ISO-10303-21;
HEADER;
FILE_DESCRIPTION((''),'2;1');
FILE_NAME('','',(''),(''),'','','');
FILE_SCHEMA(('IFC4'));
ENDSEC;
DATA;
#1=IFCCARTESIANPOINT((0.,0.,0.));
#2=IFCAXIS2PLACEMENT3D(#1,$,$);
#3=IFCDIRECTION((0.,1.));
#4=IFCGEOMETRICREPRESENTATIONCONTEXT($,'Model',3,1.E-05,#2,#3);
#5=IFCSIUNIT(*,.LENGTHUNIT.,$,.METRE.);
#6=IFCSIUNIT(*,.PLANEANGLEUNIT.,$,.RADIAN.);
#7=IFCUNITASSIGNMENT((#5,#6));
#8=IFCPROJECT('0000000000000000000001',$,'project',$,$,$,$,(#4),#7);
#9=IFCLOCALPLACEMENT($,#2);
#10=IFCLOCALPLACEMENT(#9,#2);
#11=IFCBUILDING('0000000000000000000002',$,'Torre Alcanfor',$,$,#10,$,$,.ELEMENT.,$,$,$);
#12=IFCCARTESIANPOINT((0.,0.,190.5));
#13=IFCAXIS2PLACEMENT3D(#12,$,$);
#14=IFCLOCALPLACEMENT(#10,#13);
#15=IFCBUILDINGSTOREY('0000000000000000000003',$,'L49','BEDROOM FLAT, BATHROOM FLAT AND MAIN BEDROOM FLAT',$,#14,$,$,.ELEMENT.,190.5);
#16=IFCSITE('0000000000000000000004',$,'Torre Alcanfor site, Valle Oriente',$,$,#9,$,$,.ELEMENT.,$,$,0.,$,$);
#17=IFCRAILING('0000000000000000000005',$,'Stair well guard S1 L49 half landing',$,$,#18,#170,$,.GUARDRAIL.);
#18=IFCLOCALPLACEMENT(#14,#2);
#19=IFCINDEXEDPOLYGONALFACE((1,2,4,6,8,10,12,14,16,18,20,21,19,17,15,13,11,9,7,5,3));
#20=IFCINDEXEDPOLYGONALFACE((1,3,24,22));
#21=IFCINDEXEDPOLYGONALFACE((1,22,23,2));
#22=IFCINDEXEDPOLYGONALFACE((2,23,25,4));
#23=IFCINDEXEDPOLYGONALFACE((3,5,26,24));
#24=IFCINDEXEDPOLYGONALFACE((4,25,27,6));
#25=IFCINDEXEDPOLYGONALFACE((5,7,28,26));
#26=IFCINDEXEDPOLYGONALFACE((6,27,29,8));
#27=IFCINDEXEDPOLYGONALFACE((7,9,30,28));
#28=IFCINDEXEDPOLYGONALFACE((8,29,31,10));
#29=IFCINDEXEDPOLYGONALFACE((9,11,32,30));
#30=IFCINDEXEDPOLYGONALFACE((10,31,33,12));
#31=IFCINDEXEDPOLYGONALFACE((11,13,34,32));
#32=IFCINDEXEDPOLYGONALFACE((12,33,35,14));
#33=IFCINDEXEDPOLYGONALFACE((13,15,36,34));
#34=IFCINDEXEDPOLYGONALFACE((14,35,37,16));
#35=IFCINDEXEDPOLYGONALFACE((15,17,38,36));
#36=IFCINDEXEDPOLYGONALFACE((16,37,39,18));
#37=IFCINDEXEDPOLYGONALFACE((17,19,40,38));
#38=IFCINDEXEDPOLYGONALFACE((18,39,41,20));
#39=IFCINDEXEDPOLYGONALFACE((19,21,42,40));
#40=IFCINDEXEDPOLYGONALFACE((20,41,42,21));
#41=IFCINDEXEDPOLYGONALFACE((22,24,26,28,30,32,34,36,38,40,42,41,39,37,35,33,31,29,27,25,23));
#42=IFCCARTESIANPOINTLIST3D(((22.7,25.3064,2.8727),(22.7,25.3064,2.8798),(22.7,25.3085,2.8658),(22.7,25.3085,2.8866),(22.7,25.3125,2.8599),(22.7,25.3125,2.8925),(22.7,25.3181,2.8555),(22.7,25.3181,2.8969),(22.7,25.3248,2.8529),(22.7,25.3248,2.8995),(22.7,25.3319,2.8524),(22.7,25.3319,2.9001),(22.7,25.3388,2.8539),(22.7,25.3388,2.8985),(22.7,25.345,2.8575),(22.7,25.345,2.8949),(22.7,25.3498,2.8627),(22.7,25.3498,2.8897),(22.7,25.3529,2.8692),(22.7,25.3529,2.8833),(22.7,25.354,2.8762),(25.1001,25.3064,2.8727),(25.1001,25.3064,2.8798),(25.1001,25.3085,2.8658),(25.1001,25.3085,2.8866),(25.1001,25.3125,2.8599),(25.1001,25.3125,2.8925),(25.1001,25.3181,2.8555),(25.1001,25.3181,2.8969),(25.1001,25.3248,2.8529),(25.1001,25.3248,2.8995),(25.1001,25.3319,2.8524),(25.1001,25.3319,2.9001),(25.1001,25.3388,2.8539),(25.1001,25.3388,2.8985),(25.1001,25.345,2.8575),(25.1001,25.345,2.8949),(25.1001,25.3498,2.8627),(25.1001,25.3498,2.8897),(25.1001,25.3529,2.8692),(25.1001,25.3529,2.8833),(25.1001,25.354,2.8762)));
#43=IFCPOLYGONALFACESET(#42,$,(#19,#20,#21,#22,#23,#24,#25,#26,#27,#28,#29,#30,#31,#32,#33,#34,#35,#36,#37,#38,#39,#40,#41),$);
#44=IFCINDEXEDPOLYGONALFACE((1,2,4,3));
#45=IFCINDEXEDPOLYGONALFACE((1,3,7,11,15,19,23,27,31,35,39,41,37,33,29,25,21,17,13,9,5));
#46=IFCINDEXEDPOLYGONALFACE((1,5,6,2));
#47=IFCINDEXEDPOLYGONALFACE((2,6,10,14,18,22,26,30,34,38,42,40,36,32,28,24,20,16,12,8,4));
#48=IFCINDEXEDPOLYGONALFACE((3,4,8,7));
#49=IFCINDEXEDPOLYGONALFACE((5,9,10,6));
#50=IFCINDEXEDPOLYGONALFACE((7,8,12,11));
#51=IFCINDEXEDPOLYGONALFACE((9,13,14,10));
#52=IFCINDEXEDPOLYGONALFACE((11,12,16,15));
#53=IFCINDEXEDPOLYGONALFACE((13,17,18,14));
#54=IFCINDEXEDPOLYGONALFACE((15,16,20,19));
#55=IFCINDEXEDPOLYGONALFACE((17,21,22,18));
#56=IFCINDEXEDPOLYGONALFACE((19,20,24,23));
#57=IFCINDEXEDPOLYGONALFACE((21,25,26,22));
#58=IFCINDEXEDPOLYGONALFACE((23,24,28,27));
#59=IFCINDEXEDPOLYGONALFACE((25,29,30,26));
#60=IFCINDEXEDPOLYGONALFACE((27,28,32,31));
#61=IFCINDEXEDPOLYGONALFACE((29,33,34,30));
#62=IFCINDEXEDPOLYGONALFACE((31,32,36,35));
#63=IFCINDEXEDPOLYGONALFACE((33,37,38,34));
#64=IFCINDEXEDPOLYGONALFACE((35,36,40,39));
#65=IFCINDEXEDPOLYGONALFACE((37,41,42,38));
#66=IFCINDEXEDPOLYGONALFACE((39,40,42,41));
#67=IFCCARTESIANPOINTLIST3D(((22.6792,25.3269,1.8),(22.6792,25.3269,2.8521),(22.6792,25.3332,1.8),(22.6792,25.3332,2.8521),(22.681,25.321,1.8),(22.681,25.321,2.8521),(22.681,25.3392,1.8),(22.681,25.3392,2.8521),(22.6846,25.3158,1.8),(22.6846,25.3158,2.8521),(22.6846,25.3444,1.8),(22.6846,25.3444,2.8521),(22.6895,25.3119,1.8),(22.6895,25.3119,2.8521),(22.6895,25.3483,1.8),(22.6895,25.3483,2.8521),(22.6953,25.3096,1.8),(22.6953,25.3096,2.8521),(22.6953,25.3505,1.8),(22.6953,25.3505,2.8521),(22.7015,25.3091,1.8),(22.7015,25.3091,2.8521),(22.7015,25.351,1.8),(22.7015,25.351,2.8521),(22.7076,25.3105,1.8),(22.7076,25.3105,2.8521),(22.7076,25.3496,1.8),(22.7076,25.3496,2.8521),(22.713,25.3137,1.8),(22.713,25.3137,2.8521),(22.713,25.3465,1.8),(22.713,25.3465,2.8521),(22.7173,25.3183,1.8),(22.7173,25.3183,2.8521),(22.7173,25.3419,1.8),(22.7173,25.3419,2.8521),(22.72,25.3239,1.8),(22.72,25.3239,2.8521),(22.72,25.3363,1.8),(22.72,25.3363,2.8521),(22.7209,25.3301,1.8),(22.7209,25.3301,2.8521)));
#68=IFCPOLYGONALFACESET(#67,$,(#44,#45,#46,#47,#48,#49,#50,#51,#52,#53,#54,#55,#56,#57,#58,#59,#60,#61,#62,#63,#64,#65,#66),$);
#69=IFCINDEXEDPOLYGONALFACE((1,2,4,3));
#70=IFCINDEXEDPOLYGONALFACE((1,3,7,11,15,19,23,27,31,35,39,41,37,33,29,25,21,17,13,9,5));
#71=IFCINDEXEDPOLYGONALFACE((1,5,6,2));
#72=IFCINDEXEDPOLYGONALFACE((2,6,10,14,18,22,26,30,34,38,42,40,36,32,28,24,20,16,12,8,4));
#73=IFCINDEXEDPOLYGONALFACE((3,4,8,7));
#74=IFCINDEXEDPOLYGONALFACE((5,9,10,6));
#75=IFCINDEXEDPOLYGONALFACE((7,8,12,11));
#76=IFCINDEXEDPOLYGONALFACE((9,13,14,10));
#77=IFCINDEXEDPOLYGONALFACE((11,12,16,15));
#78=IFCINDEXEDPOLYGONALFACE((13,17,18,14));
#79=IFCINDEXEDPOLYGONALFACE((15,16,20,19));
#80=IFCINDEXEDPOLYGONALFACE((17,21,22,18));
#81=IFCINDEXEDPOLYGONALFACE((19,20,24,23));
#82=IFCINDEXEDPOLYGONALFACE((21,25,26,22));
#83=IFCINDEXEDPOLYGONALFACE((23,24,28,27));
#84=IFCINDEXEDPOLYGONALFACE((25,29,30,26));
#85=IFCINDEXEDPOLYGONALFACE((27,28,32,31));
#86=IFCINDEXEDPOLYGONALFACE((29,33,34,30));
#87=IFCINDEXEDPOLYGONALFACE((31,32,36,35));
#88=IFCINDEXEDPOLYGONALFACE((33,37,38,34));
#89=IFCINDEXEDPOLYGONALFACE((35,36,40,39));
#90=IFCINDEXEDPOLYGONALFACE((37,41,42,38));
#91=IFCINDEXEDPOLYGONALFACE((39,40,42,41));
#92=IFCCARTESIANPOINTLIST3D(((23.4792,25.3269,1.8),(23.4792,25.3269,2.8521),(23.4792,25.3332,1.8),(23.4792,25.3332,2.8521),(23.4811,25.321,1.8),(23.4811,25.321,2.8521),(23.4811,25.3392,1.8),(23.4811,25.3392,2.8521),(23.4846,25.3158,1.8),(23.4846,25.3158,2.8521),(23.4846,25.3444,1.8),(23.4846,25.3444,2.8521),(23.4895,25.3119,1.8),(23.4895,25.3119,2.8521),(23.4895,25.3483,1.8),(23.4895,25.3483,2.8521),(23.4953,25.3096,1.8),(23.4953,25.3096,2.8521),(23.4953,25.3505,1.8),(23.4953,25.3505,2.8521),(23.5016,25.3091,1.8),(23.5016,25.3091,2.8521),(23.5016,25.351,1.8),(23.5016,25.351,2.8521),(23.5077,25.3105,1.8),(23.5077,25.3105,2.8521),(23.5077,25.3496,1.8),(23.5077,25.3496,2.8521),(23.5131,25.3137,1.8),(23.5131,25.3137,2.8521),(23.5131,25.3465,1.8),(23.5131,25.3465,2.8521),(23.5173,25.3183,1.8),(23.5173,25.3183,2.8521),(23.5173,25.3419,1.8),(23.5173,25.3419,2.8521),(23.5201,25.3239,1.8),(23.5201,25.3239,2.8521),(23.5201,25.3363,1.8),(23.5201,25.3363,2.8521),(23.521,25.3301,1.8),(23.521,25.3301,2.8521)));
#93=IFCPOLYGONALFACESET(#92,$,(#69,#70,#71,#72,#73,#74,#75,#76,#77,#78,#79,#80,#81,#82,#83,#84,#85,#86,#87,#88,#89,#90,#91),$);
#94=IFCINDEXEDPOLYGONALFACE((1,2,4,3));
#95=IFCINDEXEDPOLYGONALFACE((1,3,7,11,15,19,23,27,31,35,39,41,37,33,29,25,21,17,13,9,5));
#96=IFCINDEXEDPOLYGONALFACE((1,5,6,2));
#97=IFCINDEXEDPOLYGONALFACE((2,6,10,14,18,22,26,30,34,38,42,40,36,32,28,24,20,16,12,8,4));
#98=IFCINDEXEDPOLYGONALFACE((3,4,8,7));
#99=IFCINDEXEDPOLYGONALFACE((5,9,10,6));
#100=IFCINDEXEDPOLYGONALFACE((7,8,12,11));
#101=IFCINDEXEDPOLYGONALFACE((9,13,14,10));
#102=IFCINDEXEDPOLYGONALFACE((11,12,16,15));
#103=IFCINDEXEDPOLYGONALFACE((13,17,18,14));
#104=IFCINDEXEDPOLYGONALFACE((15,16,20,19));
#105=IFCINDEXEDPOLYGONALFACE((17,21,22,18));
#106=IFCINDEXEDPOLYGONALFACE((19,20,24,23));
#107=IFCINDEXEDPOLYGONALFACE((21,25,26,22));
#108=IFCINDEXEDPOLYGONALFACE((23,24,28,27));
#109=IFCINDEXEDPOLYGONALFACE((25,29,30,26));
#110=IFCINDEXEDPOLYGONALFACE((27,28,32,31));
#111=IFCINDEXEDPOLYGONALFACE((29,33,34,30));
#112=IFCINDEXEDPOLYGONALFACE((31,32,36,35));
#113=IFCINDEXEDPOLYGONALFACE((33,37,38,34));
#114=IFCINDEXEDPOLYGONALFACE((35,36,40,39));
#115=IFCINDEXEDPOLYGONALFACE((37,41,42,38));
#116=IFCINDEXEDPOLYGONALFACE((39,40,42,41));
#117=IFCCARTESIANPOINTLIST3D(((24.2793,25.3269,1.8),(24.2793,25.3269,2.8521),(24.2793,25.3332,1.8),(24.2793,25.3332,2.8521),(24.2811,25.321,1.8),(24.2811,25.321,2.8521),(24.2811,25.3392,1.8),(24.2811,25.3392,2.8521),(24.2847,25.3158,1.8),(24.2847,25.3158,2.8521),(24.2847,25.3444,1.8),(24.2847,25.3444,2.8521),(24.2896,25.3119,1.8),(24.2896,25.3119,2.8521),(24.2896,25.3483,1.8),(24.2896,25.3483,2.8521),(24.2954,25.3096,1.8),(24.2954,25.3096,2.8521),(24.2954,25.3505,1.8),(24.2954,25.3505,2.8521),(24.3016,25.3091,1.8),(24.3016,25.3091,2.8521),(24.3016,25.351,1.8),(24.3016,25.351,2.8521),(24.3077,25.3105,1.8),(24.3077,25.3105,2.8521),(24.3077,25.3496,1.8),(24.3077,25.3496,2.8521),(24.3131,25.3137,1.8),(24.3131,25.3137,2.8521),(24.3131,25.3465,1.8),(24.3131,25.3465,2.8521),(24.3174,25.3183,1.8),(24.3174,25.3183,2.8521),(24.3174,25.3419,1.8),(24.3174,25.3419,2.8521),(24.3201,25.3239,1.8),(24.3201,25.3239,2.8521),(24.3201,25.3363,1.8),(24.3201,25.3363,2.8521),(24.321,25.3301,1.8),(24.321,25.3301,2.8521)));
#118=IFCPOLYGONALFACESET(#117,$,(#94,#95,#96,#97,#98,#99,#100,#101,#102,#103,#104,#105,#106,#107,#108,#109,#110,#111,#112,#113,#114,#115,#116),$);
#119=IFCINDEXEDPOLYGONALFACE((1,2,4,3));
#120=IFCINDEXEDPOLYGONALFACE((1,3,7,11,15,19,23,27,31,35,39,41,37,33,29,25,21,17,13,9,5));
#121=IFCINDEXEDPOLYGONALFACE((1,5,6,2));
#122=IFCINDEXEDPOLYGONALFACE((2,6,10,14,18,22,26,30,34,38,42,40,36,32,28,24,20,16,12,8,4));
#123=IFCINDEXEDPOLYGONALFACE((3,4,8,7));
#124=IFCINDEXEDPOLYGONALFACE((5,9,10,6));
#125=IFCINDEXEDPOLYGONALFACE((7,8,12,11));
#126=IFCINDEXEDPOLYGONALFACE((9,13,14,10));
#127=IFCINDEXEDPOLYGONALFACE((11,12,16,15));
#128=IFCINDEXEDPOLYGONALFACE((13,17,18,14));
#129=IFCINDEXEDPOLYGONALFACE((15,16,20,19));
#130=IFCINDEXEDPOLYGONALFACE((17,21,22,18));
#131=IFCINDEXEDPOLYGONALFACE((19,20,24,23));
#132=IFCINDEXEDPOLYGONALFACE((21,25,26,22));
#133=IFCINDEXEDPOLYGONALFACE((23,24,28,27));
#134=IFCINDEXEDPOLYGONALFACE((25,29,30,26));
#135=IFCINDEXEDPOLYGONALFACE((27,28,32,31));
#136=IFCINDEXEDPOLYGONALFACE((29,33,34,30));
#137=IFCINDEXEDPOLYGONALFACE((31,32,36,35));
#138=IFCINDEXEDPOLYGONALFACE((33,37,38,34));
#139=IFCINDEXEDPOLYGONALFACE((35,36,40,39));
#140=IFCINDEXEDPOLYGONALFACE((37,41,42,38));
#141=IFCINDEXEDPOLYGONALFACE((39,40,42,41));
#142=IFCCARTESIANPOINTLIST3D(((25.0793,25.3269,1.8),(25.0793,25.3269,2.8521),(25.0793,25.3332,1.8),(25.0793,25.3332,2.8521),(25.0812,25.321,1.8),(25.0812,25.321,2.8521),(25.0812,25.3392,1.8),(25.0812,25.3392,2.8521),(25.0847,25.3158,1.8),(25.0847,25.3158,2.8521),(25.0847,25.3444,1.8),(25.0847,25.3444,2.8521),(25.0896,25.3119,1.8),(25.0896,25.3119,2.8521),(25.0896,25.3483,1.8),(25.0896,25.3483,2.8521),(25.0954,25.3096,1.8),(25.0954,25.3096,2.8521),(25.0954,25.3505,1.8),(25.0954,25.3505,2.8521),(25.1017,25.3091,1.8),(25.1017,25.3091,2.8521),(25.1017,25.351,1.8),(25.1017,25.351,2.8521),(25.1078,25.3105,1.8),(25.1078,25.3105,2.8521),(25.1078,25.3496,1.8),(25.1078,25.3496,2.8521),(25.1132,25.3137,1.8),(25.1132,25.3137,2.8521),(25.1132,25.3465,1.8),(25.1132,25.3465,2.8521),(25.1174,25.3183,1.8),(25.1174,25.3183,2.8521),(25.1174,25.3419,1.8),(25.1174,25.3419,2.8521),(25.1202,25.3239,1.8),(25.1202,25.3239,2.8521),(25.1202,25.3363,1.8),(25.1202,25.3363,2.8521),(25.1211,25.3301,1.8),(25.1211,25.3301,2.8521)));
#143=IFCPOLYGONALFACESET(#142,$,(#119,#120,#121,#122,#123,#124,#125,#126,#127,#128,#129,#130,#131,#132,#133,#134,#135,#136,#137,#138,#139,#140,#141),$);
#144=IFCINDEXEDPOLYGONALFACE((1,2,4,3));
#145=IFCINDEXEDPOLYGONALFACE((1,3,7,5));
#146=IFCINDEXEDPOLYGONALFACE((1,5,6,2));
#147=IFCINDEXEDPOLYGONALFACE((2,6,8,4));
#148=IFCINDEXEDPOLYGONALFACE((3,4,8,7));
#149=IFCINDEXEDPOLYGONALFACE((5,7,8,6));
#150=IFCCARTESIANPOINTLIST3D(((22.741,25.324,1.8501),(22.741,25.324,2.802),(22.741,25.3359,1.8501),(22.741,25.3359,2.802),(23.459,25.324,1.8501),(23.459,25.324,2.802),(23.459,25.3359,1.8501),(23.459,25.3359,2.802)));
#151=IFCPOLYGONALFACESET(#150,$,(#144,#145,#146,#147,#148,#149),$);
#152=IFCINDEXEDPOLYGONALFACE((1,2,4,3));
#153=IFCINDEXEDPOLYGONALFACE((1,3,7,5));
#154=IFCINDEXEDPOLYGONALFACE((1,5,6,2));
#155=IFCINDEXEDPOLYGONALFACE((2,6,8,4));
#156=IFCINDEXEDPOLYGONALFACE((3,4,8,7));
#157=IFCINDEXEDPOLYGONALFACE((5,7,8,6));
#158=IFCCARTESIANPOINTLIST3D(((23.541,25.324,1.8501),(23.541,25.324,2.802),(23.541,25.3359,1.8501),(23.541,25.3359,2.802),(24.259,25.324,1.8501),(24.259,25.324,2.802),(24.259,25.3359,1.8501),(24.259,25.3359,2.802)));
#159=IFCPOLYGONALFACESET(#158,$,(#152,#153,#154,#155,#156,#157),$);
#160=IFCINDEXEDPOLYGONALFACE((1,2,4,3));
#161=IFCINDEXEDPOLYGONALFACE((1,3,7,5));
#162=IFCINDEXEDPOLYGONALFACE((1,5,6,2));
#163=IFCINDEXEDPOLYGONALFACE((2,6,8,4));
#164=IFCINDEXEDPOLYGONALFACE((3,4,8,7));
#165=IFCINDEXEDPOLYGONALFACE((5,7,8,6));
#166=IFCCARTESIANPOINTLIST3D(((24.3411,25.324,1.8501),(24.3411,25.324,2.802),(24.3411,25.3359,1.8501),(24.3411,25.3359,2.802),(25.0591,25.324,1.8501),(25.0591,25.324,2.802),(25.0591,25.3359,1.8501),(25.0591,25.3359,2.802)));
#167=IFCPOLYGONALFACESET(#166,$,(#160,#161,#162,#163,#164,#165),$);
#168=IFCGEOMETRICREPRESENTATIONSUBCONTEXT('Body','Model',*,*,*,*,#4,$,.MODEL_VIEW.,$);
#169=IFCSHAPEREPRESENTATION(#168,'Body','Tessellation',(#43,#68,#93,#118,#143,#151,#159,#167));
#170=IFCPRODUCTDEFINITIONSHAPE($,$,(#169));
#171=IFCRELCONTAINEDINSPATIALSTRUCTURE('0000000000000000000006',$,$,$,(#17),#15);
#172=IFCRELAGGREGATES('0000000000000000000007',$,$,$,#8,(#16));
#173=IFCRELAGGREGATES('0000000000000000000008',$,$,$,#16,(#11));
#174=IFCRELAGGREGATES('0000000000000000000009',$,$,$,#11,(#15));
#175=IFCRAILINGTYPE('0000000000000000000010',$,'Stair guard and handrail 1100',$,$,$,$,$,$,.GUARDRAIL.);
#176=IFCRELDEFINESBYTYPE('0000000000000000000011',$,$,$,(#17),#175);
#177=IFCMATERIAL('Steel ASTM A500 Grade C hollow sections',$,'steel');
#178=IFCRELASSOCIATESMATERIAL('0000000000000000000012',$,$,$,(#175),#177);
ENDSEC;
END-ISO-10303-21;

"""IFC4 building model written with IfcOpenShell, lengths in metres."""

from ifc_helpers import new_model, si_unit, direction, frame, origin, origin_2d, place, context, subcontext, project, spatial, polyline, circle, outline, extrude, material, type_object, element, save


model = new_model("IFC4")

# Units and contexts
model_context = context("Model", 3, precision=1e-05, world=origin(), true_north=direction((0.0, 1.0)))
body_context = subcontext(model_context, "Body", "Model", "MODEL_VIEW")
ifc_project = project(units=[si_unit("LENGTHUNIT", "METRE"), si_unit("PLANEANGLEUNIT", "RADIAN")], contexts=[model_context])

# Site, building, storey
site_placement = place(None, origin())
site = spatial("IfcSite", under=ifc_project, at=site_placement, Name="Torre Alcanfor site, Valle Oriente", CompositionType="ELEMENT", RefElevation=0.0)
building_placement = place(site_placement, origin())
building = spatial("IfcBuilding", under=site, at=building_placement, Name="Torre Alcanfor", CompositionType="ELEMENT")
storey_placement = place(building_placement, frame((0.0, 0.0, 190.5)))
storey = spatial("IfcBuildingStorey", under=building, at=storey_placement, Name="L49", Description="BEDROOM FLAT, BATHROOM FLAT AND MAIN BEDROOM FLAT", CompositionType="ELEMENT", Elevation=190.5)

# Railing
ifc_material_1 = material(Name="Steel ASTM A500 Grade C hollow sections", Category="steel")
railing_type = type_object("IfcRailingType", Name="Stair guard and handrail 1100", PredefinedType="GUARDRAIL", material=ifc_material_1)
for number, where, name in (
    (1, (22.7, 25.3301, 1.8), "Stair well guard S1 L49 half landing"),
):
    element("IfcRailing", number, at=place(storey_placement, frame(where)), inside=storey, type_object=railing_type, Name=name, PredefinedType="GUARDRAIL", context=body_context, shape_type="SweptSolid", body=[
        extrude(circle(Radius=0.0239, at=origin_2d()), frame((0.0, 0.0, 1.0762), z_axis=(1.0, 0.0, 0.0), x_axis=(0.0, 1.0, 0.0)), (0.0, 0.0, 1.0), 2.4001),
        extrude(circle(Radius=0.021, at=origin_2d()), origin(), (0.0, 0.0, 1.0), 1.052),
        extrude(circle(Radius=0.021, at=origin_2d()), frame((0.8, 0.0, 0.0)), (0.0, 0.0, 1.0), 1.052),
        extrude(circle(Radius=0.021, at=origin_2d()), frame((1.6001, 0.0, 0.0)), (0.0, 0.0, 1.0), 1.052),
        extrude(circle(Radius=0.021, at=origin_2d()), frame((2.4001, 0.0, 0.0)), (0.0, 0.0, 1.0), 1.052),
        extrude(outline(polyline([(0.041, 0.05), (0.759, 0.05), (0.759, 1.002), (0.041, 1.002), (0.041, 0.05)])), frame((0.0, 0.0059, 0.0), z_axis=(0.0, -1.0, 0.0), x_axis=(1.0, 0.0, 0.0)), (0.0, 0.0, 1.0), 0.012),
        extrude(outline(polyline([(0.8411, 0.05), (1.5591, 0.05), (1.5591, 1.002), (0.8411, 1.002), (0.8411, 0.05)])), frame((0.0, 0.0059, 0.0), z_axis=(0.0, -1.0, 0.0), x_axis=(1.0, 0.0, 0.0)), (0.0, 0.0, 1.0), 0.012),
        extrude(outline(polyline([(1.6411, 0.05), (2.3591, 0.05), (2.3591, 1.002), (1.6411, 1.002), (1.6411, 0.05)])), frame((0.0, 0.0059, 0.0), z_axis=(0.0, -1.0, 0.0), x_axis=(1.0, 0.0, 0.0)), (0.0, 0.0, 1.0), 0.012),
    ])

save(model, "model.ifc")
